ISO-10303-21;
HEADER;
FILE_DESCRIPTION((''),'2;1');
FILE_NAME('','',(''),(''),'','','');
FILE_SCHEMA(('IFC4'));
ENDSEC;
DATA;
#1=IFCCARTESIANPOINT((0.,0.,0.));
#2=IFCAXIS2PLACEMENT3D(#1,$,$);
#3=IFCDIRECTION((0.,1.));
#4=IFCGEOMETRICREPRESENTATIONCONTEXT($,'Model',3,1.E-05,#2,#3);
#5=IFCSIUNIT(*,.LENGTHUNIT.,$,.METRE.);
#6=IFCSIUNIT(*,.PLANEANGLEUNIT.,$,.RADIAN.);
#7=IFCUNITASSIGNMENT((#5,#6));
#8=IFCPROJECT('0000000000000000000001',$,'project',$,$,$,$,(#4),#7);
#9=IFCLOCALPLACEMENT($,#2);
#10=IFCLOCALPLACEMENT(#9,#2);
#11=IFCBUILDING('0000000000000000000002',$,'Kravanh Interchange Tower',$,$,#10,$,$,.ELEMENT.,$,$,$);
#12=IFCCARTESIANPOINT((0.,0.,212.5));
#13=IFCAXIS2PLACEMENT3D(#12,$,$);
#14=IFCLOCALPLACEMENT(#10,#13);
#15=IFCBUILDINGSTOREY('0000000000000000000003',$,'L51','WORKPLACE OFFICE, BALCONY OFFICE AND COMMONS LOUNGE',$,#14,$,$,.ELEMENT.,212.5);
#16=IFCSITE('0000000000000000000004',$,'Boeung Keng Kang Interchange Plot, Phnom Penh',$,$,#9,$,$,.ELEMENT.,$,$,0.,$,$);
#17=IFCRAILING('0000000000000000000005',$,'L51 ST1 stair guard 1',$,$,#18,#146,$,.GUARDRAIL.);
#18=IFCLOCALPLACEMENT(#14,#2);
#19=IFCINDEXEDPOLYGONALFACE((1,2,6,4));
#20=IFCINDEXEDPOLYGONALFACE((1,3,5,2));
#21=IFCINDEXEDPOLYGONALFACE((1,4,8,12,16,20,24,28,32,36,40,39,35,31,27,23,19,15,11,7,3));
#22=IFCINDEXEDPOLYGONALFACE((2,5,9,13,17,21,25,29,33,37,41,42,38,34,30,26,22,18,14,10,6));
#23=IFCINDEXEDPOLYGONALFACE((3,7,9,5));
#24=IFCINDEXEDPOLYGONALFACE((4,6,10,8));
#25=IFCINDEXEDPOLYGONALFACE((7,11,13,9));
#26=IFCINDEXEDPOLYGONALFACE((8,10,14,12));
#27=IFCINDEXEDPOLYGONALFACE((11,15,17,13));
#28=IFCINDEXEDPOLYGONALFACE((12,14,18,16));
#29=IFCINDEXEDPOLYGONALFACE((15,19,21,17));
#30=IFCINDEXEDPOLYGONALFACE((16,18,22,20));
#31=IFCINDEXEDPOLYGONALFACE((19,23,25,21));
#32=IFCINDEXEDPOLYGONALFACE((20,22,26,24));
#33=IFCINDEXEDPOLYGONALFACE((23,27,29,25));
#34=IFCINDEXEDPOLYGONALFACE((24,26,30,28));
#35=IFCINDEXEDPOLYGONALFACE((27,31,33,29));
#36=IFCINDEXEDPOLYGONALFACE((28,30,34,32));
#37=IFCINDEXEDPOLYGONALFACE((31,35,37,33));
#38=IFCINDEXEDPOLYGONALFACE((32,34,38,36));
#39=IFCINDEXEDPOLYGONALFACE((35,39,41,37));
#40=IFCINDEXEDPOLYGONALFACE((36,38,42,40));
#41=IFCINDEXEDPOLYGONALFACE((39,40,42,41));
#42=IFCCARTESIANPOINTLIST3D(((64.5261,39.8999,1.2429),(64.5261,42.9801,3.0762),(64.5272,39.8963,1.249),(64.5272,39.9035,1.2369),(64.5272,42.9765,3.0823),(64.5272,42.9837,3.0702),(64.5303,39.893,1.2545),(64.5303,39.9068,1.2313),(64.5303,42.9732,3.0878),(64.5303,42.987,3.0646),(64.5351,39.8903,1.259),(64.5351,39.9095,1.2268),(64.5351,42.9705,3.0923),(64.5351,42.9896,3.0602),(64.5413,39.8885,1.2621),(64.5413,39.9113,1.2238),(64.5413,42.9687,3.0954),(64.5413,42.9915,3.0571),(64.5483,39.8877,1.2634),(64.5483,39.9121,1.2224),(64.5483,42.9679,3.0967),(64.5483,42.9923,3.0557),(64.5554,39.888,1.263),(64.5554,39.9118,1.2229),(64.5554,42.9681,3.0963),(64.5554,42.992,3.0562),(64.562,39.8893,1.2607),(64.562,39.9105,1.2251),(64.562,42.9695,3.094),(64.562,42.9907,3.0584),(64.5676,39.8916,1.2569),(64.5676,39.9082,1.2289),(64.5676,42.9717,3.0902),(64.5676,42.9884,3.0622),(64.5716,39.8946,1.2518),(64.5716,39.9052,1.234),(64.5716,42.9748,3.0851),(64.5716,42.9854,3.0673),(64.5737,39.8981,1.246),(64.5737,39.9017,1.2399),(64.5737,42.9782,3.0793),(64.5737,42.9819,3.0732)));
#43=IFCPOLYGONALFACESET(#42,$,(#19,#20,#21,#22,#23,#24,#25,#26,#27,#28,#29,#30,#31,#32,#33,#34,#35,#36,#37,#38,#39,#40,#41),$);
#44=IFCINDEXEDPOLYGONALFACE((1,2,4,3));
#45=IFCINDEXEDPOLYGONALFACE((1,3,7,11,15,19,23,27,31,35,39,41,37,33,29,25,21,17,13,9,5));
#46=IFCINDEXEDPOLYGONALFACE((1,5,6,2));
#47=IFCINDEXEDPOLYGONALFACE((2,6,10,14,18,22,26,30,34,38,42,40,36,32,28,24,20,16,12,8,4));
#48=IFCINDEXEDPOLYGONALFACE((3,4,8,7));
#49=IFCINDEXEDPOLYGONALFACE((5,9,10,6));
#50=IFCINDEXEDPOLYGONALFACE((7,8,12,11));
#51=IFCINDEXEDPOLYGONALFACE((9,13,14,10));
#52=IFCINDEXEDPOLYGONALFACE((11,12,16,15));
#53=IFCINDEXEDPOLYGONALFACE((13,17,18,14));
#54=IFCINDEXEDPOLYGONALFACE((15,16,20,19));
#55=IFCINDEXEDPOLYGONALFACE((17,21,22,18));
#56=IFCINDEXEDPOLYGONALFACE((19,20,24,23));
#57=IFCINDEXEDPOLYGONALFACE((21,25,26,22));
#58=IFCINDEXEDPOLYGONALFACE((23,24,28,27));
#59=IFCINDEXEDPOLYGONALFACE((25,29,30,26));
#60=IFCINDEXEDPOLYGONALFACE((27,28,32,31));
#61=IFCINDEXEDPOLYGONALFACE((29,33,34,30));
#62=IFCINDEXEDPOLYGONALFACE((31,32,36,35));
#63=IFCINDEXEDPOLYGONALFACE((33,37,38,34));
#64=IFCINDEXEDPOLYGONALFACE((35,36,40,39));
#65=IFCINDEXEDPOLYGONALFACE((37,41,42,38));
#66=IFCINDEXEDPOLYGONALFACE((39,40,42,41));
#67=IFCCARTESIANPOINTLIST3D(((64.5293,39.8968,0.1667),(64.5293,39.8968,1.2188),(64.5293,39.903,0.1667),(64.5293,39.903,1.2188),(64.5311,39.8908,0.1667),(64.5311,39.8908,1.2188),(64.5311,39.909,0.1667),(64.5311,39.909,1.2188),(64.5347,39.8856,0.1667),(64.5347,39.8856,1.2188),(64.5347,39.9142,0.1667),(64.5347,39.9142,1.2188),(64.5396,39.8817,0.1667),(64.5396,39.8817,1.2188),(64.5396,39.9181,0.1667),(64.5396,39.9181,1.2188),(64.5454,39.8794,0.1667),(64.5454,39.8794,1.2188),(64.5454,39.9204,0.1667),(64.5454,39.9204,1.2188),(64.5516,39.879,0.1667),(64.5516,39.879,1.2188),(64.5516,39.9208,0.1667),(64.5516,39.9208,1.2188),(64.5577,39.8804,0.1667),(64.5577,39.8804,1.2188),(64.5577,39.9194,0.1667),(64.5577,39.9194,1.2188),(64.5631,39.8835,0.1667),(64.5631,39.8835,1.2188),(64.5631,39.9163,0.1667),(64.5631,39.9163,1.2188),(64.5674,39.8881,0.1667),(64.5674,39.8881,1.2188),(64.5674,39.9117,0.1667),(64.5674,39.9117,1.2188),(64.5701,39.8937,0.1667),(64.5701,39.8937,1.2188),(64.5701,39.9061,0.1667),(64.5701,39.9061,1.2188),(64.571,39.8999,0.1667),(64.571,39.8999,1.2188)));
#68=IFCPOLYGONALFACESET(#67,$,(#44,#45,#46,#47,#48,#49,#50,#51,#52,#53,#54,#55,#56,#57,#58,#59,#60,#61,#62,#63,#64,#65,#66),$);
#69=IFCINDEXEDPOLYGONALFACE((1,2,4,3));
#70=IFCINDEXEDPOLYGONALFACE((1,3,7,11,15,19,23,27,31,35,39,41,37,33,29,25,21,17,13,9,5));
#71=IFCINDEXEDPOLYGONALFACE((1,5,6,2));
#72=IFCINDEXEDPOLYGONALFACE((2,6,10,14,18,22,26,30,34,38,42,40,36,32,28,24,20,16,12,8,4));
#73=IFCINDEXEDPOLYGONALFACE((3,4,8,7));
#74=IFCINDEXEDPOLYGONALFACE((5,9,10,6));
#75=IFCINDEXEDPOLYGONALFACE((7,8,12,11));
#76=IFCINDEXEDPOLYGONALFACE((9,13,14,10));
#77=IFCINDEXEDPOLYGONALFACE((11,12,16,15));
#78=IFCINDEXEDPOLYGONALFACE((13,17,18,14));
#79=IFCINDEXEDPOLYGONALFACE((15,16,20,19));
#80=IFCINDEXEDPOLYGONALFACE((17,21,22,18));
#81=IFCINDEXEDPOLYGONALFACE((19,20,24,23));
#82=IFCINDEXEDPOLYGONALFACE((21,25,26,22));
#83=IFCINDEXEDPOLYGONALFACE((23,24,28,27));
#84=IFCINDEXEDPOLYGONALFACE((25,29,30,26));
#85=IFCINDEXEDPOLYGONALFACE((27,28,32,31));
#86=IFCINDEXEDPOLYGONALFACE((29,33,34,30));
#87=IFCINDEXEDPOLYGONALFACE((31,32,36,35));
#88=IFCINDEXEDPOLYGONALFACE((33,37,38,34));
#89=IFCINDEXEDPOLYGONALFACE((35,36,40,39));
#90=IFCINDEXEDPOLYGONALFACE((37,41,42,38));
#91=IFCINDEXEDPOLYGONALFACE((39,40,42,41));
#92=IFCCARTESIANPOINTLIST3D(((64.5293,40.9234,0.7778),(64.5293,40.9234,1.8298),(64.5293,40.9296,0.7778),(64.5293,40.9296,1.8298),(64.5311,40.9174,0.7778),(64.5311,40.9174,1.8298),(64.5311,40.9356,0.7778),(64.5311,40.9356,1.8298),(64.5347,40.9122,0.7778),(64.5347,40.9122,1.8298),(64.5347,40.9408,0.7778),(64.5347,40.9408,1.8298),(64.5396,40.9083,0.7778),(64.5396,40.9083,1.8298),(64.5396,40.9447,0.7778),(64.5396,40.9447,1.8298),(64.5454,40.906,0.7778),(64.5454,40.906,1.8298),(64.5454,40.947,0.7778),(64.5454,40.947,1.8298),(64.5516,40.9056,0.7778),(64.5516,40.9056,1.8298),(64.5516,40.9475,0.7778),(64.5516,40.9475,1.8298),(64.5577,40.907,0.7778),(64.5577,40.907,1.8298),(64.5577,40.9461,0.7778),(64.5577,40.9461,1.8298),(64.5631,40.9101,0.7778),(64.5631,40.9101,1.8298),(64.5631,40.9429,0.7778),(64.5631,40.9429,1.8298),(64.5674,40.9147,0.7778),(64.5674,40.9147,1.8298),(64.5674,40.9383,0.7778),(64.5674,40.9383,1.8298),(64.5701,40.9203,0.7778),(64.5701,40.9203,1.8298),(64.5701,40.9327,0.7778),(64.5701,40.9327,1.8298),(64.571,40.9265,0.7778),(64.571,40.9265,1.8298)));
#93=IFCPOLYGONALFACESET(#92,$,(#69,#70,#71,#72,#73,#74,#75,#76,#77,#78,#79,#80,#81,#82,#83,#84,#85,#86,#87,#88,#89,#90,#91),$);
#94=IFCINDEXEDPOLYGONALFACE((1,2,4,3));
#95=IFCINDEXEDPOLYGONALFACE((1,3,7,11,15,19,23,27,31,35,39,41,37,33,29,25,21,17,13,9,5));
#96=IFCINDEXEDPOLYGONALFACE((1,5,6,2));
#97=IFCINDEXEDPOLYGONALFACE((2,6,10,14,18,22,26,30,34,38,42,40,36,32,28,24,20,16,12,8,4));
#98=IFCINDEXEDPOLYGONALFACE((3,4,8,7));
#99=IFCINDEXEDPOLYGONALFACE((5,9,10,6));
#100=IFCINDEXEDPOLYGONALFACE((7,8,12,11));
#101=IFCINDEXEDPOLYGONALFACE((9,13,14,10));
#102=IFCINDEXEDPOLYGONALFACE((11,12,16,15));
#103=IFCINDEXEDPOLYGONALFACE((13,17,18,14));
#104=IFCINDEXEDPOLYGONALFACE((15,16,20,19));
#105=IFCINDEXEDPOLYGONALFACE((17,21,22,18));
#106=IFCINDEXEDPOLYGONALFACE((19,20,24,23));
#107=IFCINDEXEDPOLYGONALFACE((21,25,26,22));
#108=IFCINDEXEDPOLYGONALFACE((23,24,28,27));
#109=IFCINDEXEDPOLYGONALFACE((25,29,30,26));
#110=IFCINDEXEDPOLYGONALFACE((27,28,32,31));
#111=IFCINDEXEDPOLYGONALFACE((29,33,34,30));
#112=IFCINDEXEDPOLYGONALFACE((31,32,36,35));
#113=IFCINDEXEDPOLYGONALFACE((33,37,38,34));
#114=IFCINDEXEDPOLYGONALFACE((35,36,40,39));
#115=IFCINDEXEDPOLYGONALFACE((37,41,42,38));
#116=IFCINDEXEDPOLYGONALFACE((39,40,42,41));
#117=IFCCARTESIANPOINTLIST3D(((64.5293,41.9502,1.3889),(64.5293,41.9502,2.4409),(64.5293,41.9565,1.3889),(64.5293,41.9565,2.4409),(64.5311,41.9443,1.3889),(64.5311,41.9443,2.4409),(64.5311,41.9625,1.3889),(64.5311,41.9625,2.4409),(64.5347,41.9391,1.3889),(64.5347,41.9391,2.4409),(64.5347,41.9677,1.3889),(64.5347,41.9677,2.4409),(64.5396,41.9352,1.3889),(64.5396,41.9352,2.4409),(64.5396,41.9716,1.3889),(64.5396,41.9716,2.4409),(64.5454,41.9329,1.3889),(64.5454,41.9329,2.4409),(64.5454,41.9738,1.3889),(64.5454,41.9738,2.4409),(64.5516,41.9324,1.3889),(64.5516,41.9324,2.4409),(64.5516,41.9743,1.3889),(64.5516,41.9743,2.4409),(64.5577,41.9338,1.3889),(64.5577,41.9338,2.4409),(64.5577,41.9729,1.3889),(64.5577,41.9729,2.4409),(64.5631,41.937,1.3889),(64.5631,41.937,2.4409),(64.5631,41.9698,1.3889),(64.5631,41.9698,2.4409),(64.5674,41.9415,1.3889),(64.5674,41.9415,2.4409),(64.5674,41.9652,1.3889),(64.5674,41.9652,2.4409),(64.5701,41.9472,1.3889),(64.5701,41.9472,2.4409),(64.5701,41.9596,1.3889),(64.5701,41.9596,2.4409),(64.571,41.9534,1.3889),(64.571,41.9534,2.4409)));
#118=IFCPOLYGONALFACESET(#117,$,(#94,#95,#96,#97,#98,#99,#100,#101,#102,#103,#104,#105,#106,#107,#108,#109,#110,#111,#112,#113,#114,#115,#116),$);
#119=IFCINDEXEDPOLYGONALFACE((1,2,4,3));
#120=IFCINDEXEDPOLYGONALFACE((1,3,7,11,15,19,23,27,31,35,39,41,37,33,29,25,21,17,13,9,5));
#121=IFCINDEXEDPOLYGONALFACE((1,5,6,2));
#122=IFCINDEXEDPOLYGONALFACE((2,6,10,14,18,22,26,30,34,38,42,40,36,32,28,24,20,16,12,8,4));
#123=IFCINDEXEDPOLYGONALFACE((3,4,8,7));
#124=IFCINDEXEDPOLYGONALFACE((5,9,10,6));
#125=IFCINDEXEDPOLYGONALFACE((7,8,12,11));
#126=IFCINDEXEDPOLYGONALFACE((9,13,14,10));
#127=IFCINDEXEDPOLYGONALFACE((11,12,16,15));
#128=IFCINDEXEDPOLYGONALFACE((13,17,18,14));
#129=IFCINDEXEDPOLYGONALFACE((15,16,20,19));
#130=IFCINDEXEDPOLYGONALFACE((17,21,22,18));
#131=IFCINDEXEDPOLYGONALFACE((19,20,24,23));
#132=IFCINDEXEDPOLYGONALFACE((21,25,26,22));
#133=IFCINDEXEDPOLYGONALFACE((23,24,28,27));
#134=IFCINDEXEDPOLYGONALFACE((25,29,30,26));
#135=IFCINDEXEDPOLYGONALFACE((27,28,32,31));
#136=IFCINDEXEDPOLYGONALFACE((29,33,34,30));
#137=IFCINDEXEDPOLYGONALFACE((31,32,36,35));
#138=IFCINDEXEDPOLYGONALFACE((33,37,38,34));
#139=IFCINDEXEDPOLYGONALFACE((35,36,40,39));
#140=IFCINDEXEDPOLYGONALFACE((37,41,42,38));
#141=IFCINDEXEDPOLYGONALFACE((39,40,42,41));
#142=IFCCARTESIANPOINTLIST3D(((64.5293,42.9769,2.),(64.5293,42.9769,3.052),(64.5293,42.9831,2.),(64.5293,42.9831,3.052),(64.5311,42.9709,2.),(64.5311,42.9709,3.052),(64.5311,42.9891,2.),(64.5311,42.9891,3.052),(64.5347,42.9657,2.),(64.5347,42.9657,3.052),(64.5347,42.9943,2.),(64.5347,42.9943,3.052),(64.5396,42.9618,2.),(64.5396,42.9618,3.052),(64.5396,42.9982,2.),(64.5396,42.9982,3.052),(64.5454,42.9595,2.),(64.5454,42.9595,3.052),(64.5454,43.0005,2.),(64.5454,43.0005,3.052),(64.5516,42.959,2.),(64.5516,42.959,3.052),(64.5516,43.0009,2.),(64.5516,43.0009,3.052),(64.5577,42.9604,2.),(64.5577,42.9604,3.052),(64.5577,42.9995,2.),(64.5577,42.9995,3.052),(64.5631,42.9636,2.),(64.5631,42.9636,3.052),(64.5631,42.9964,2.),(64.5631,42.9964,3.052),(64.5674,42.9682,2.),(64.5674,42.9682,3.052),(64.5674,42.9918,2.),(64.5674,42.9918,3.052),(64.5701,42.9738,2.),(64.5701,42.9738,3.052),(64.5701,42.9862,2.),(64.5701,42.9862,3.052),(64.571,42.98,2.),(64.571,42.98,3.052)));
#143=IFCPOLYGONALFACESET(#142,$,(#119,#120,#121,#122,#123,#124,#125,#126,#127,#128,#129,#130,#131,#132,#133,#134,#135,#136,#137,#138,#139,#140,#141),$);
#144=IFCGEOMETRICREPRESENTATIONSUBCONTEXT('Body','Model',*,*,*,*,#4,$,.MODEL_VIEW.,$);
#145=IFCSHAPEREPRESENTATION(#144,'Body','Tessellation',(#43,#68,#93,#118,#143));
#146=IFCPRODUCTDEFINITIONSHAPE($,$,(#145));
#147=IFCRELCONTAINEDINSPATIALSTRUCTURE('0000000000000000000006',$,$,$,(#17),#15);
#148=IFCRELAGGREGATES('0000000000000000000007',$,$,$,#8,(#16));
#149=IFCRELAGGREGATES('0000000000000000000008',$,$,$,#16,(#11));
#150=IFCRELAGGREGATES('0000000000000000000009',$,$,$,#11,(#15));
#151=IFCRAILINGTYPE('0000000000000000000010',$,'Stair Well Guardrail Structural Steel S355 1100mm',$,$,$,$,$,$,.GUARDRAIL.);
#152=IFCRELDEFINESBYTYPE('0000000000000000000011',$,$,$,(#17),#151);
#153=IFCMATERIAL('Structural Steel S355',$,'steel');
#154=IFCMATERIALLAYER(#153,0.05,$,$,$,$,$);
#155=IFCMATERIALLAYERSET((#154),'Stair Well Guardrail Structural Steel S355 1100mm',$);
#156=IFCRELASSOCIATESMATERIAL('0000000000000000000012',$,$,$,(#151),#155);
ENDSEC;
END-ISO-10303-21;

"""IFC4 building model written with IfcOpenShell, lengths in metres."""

from ifc_helpers import new_model, si_unit, direction, frame, origin, origin_2d, place, context, subcontext, project, spatial, circle, extrude, material, layer, layer_set, type_object, element, save


model = new_model("IFC4")

# Units and contexts
model_context = context("Model", 3, precision=1e-05, world=origin(), true_north=direction((0.0, 1.0)))
body_context = subcontext(model_context, "Body", "Model", "MODEL_VIEW")
ifc_project = project(units=[si_unit("LENGTHUNIT", "METRE"), si_unit("PLANEANGLEUNIT", "RADIAN")], contexts=[model_context])

# Site, building, storey
site_placement = place(None, origin())
site = spatial("IfcSite", under=ifc_project, at=site_placement, Name="Boeung Keng Kang Interchange Plot, Phnom Penh", CompositionType="ELEMENT", RefElevation=0.0)
building_placement = place(site_placement, origin())
building = spatial("IfcBuilding", under=site, at=building_placement, Name="Kravanh Interchange Tower", CompositionType="ELEMENT")
storey_placement = place(building_placement, frame((0.0, 0.0, 212.5)))
storey = spatial("IfcBuildingStorey", under=building, at=storey_placement, Name="L51", Description="WORKPLACE OFFICE, BALCONY OFFICE AND COMMONS LOUNGE", CompositionType="ELEMENT", Elevation=212.5)

# Railing
ifc_material_1 = material(Name="Structural Steel S355", Category="steel")
ifc_layer_1 = layer(ifc_material_1, 0.05)
ifc_layer_set_1 = layer_set([ifc_layer_1], Name="Stair Well Guardrail Structural Steel S355 1100mm")
railing_type_1 = type_object("IfcRailingType", Name="Stair Well Guardrail Structural Steel S355 1100mm", PredefinedType="GUARDRAIL", material=ifc_layer_set_1)
railing_1_placement = place(storey_placement, frame((64.55, 39.8999, 0.1667)))
element("IfcRailing", 1, at=railing_1_placement, inside=storey, type_object=railing_type_1, Name="L51 ST1 stair guard 1", PredefinedType="GUARDRAIL", context=body_context, shape_type="SweptSolid", body=[
    extrude(circle(Radius=0.0239, at=origin_2d()), frame((0.0, 0.0, 1.0762), z_axis=(0.0, 0.859309, 0.511458), x_axis=(-1.0, 0.0, 0.0)), (0.0, 0.0, 1.0), 3.5845),
    extrude(circle(Radius=0.021, at=origin_2d()), origin(), (0.0, 0.0, 1.0), 1.052),
    extrude(circle(Radius=0.021, at=origin_2d()), frame((0.0, 1.0266, 0.6111)), (0.0, 0.0, 1.0), 1.052),
    extrude(circle(Radius=0.021, at=origin_2d()), frame((0.0, 2.0535, 1.2222)), (0.0, 0.0, 1.0), 1.052),
    extrude(circle(Radius=0.021, at=origin_2d()), frame((0.0, 3.0801, 1.8333)), (0.0, 0.0, 1.0), 1.052),
])

save(model, "model.ifc")
